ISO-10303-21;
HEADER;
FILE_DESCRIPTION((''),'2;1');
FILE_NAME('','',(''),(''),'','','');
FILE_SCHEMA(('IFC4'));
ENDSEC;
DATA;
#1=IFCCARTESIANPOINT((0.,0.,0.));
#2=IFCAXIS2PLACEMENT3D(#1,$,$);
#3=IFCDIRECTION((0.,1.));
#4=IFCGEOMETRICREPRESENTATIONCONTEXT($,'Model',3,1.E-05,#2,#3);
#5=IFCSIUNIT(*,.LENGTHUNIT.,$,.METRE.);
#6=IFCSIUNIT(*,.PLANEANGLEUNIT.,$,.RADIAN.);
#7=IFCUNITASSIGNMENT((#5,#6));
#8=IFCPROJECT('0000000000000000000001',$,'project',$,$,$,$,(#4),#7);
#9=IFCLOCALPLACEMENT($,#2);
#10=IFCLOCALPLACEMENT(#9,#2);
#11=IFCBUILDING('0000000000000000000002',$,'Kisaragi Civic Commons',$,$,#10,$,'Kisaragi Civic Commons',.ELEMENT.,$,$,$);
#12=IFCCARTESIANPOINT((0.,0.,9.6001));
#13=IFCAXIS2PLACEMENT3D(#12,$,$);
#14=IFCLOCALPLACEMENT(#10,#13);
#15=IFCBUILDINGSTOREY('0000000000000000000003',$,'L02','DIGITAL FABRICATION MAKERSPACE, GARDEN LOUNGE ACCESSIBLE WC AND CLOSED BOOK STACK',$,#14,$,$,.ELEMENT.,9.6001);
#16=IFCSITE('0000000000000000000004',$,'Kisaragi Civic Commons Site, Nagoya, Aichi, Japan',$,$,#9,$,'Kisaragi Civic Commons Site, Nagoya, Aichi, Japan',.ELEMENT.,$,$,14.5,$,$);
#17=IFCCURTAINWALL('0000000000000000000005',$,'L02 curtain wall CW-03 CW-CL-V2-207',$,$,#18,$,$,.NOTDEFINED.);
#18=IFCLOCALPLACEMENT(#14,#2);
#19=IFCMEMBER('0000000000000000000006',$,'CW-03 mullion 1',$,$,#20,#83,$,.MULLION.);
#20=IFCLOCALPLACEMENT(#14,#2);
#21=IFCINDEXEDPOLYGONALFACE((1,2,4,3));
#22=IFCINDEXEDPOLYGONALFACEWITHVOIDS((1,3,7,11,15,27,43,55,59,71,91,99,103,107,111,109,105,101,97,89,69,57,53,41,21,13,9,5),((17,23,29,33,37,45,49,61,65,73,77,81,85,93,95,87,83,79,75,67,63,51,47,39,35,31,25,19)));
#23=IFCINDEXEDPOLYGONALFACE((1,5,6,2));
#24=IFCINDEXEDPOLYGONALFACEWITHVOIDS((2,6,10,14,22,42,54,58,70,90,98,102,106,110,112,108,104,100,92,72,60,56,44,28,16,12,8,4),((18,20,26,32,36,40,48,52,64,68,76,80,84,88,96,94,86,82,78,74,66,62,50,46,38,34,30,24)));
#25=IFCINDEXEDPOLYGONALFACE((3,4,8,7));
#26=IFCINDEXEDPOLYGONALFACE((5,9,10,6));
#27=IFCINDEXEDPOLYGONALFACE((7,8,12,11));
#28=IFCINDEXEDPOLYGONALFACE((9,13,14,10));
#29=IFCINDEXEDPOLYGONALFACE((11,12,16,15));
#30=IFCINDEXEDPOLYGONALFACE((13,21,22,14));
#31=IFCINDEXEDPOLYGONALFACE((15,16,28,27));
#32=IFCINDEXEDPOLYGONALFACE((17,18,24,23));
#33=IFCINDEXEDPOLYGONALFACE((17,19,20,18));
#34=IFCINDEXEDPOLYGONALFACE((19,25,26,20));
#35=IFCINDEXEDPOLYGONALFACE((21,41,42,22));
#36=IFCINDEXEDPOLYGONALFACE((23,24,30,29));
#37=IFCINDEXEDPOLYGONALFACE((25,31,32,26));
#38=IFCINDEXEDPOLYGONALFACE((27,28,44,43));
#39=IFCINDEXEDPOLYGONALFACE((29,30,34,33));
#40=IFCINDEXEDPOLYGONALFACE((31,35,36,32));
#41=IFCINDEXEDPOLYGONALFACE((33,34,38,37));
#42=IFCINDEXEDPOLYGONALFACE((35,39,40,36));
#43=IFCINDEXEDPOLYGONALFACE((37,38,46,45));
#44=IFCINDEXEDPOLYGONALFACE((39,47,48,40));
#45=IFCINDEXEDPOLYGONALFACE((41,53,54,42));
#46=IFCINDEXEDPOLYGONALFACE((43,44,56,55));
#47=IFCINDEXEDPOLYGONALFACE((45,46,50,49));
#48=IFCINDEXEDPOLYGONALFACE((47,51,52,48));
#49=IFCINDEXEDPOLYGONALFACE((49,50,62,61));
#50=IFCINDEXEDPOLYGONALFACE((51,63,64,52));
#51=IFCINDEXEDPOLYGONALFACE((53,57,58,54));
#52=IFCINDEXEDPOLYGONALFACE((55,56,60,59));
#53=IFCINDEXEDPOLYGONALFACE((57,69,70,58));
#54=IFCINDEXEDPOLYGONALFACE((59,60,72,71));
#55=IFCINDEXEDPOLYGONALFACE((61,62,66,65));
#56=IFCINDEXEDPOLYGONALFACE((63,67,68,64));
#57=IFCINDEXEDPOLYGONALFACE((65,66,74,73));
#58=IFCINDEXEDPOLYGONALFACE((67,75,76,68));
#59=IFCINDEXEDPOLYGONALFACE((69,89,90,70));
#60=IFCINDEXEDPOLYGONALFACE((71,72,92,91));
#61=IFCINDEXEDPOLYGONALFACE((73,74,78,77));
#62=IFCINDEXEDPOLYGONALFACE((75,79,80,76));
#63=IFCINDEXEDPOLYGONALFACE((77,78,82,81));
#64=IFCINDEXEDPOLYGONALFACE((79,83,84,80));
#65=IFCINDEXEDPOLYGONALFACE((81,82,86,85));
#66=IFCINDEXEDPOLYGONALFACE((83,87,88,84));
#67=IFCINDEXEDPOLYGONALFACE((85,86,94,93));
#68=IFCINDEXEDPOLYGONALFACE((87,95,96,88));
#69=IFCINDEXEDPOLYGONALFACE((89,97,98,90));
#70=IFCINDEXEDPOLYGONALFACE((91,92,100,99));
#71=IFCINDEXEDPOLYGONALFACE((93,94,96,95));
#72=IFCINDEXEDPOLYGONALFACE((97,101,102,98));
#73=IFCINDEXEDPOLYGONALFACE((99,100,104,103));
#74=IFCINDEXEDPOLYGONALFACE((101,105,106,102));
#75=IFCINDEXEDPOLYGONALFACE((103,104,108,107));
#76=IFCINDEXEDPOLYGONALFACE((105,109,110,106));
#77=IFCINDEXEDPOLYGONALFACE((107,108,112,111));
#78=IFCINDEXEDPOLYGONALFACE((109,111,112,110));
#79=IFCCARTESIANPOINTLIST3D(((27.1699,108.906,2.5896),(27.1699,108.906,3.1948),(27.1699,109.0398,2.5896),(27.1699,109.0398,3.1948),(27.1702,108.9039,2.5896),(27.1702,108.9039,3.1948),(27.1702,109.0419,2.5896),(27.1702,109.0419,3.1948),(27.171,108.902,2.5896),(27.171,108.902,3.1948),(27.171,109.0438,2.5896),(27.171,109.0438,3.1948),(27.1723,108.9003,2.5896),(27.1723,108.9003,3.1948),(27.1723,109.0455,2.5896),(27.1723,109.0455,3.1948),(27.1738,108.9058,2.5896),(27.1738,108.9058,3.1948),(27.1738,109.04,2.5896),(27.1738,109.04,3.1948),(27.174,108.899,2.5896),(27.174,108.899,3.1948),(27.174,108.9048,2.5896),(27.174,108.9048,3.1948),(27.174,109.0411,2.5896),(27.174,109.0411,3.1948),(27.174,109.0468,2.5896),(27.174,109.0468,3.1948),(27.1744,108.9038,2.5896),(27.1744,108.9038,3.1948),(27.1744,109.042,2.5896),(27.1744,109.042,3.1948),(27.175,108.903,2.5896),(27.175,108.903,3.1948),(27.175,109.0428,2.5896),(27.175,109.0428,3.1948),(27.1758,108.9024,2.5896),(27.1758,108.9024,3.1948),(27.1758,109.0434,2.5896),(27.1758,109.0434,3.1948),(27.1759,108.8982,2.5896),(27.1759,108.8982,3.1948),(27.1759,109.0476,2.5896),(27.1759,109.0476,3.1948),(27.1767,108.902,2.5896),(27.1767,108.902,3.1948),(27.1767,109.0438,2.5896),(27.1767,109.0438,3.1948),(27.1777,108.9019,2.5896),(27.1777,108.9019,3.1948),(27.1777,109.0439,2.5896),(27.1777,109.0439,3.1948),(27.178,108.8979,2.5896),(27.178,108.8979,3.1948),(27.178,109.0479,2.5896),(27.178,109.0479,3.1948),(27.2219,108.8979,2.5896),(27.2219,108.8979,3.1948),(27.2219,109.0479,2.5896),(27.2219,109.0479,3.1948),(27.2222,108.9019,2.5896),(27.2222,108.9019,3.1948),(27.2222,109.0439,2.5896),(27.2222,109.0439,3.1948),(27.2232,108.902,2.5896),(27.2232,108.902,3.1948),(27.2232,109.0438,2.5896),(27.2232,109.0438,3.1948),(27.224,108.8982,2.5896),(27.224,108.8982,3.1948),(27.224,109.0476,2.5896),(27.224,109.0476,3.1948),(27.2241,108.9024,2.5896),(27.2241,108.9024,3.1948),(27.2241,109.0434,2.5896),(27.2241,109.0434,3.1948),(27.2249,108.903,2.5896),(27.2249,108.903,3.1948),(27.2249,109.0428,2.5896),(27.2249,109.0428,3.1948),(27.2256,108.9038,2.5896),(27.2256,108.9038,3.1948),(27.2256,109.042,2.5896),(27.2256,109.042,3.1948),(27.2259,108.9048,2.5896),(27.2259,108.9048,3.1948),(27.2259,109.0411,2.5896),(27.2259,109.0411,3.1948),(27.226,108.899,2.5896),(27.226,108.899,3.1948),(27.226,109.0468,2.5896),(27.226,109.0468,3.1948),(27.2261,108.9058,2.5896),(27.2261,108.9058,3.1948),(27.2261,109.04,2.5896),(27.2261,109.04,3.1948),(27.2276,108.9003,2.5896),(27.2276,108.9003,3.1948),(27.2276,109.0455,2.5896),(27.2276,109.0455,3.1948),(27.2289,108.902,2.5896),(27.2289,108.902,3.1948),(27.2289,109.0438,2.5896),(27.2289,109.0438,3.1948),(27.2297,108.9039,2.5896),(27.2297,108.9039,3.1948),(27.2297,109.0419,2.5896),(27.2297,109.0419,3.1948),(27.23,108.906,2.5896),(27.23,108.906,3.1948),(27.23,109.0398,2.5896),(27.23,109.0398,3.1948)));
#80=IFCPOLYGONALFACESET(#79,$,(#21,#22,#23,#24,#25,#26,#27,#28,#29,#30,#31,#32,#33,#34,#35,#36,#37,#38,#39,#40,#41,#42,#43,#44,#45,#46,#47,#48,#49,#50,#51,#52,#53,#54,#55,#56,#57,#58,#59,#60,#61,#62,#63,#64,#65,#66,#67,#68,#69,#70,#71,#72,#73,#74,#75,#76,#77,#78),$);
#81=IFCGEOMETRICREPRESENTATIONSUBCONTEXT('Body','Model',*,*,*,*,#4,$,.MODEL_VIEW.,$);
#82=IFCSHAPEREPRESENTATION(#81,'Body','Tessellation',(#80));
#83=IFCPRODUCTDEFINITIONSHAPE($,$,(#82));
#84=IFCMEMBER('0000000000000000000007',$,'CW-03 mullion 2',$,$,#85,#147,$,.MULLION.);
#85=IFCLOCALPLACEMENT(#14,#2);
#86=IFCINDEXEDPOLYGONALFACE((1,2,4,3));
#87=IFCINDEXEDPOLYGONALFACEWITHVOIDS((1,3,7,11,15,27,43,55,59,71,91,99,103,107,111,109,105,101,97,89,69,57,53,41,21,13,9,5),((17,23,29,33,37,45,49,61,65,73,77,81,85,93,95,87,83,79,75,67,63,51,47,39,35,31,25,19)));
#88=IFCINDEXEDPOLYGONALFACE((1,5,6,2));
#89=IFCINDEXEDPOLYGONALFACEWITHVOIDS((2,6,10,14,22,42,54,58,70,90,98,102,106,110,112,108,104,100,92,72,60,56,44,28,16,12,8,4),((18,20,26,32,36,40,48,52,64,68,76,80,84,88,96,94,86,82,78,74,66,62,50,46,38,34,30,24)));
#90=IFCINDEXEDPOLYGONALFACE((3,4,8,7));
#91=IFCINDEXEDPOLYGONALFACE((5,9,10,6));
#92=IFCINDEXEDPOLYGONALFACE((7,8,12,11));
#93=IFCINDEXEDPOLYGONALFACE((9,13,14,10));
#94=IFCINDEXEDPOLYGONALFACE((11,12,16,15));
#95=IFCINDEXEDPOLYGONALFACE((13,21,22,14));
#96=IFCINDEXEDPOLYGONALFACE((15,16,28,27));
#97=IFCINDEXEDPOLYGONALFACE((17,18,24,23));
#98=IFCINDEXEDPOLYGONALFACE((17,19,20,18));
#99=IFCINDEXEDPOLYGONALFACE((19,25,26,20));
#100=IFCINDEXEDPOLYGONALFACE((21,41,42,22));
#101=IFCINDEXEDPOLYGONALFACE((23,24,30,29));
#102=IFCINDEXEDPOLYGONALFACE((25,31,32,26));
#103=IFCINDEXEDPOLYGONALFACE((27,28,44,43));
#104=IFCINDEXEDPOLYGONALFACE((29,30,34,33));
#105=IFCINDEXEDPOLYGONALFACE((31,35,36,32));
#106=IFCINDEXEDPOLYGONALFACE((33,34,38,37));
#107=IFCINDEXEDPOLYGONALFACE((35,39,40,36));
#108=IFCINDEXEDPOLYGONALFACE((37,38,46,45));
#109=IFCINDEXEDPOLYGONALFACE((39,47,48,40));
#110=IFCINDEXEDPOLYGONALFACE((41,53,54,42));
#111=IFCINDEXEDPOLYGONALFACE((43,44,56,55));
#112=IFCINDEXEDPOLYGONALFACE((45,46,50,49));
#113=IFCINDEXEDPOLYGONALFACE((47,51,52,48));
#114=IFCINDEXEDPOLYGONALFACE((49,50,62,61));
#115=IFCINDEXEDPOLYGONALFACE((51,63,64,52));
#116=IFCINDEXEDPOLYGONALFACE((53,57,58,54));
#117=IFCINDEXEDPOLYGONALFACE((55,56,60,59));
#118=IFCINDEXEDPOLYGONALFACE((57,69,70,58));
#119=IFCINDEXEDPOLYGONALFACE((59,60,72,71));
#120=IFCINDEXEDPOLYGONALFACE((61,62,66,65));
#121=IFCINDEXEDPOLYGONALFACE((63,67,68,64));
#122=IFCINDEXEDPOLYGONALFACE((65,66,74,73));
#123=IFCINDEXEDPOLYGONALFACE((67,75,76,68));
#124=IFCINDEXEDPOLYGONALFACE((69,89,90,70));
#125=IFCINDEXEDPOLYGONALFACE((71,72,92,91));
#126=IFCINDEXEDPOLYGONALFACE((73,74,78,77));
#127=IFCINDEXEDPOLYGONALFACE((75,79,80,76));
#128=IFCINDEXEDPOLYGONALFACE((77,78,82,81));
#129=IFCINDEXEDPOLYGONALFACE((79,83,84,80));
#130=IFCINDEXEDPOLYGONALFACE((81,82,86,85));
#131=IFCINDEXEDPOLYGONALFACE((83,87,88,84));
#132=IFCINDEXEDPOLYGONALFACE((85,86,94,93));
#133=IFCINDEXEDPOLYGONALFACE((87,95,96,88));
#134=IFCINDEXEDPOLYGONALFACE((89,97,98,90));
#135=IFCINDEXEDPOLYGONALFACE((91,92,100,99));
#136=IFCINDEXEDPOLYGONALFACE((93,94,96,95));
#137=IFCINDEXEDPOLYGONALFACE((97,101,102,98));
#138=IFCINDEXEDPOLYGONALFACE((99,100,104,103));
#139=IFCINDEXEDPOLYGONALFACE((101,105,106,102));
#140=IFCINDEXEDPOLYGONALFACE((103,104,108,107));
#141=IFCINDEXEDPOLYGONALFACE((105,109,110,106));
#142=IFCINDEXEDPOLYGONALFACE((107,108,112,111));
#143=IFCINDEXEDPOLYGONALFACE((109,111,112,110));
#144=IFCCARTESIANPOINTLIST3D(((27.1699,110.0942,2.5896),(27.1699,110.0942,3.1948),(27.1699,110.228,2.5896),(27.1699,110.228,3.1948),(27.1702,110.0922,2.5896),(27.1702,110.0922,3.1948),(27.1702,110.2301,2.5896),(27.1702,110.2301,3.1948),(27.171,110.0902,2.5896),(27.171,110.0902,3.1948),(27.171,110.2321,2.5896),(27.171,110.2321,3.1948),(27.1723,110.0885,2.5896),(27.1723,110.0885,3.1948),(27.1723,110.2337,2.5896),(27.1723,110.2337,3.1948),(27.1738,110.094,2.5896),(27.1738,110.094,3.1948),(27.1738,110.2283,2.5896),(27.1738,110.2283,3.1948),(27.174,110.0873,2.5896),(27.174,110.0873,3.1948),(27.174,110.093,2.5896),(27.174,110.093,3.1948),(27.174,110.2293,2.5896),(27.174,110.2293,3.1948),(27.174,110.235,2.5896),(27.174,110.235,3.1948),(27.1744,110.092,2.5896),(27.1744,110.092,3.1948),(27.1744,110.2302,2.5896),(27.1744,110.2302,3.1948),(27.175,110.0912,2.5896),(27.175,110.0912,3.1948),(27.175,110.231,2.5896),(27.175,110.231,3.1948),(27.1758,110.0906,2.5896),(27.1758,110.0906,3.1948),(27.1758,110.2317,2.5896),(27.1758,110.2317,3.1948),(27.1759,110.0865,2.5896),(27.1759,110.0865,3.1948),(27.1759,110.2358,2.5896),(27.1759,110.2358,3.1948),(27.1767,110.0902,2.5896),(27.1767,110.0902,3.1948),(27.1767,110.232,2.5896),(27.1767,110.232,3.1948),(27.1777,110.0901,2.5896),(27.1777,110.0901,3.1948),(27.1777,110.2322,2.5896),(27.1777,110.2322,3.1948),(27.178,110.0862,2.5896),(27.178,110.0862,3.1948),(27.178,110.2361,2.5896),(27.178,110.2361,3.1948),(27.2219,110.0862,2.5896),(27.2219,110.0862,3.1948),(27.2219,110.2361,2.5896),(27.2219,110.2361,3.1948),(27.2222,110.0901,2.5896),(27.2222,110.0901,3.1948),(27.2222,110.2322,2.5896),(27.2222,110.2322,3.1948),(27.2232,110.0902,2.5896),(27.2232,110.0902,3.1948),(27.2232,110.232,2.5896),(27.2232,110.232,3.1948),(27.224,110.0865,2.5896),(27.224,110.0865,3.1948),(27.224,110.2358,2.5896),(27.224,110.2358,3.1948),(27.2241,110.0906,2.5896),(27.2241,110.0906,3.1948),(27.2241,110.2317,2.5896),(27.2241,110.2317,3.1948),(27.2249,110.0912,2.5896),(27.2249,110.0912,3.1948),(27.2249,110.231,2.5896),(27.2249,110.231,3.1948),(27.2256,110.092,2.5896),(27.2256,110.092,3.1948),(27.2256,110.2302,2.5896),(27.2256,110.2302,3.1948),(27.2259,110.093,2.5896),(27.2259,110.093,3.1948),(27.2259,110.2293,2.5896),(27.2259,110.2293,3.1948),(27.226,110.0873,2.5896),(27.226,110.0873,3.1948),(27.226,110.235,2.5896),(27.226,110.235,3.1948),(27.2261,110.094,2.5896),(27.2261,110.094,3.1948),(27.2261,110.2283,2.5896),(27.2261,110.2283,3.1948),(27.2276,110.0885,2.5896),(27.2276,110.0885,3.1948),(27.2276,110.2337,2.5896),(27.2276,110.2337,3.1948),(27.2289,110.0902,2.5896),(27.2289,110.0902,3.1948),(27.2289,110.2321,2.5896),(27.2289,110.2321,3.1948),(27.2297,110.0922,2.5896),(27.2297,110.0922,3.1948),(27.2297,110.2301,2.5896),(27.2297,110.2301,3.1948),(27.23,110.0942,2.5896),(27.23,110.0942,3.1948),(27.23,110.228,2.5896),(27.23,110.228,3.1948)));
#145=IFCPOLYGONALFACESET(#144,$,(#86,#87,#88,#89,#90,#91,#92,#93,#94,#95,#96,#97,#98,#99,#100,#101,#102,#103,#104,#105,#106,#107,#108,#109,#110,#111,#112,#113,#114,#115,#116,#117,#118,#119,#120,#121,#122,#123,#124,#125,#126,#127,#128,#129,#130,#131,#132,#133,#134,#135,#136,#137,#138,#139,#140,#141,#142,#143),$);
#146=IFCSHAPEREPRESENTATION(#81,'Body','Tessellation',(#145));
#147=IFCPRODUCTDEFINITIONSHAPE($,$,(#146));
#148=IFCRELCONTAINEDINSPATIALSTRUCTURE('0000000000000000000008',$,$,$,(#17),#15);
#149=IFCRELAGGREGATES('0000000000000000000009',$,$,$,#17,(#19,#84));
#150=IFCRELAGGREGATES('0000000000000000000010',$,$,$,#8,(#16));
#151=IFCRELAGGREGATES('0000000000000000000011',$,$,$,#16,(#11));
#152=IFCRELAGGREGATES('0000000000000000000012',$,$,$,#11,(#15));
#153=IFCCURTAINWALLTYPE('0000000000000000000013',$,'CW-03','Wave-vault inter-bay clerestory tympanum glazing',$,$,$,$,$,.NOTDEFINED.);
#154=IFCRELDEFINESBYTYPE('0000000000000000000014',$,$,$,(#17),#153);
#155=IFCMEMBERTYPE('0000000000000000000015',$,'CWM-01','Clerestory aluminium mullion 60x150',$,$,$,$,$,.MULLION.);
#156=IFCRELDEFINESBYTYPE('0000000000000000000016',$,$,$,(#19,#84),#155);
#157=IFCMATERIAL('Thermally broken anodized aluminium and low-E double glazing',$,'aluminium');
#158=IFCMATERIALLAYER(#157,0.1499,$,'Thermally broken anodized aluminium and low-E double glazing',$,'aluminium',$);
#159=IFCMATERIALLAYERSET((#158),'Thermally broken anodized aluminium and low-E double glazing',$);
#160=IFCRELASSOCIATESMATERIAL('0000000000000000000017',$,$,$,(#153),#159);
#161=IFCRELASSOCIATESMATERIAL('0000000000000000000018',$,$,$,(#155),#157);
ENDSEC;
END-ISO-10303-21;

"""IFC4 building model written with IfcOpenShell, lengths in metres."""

from ifc_helpers import new_model, si_unit, direction, frame, origin, origin_2d, place, context, subcontext, project, spatial, hollow_rectangle, extrude, material, layer, layer_set, material_profile, profile_set, type_object, element, aggregate, save


model = new_model("IFC4")

# Units and contexts
model_context = context("Model", 3, precision=1e-05, world=origin(), true_north=direction((0.0, 1.0)))
body_context = subcontext(model_context, "Body", "Model", "MODEL_VIEW")
ifc_project = project(units=[si_unit("LENGTHUNIT", "METRE"), si_unit("PLANEANGLEUNIT", "RADIAN")], contexts=[model_context])

# Site, building, storey
site_placement = place(None, origin())
site = spatial("IfcSite", under=ifc_project, at=site_placement, Name="Kisaragi Civic Commons Site, Nagoya, Aichi, Japan", LongName="Kisaragi Civic Commons Site, Nagoya, Aichi, Japan", CompositionType="ELEMENT", RefElevation=14.5)
building_placement = place(site_placement, origin())
building = spatial("IfcBuilding", under=site, at=building_placement, Name="Kisaragi Civic Commons", LongName="Kisaragi Civic Commons", CompositionType="ELEMENT")
storey_placement = place(building_placement, frame((0.0, 0.0, 9.6001)))
storey = spatial("IfcBuildingStorey", under=building, at=storey_placement, Name="L02", Description="DIGITAL FABRICATION MAKERSPACE, GARDEN LOUNGE ACCESSIBLE WC AND CLOSED BOOK STACK", CompositionType="ELEMENT", Elevation=9.6001)

# Curtain wall, members
ifc_material_1 = material(Name="Thermally broken anodized aluminium and low-E double glazing", Category="aluminium")
ifc_layer_1 = layer(ifc_material_1, 0.1499, Name="Thermally broken anodized aluminium and low-E double glazing", Category="aluminium")
ifc_layer_set_1 = layer_set([ifc_layer_1], Name="Thermally broken anodized aluminium and low-E double glazing")
curtain_wall_type = type_object("IfcCurtainWallType", Name="CW-03", Description="Wave-vault inter-bay clerestory tympanum glazing", PredefinedType="NOTDEFINED", material=ifc_layer_set_1)
curtain_wall_placement = place(storey_placement, origin())
curtain_wall = element("IfcCurtainWall", 1, at=curtain_wall_placement, inside=storey, type_object=curtain_wall_type, Name="L02 curtain wall CW-03 CW-CL-V2-207", PredefinedType="NOTDEFINED")
ifc_material_profile_1 = material_profile(ifc_material_1, hollow_rectangle(XDim=0.0601, YDim=0.1499, WallThickness=0.0039, InnerFilletRadius=0.0039, OuterFilletRadius=0.0081, at=origin_2d()), Name="CWM-60x150x4", Category="aluminium")
ifc_profile_set_1 = profile_set([ifc_material_profile_1], Name="Thermally broken anodized aluminium and low-E double glazing")
member_type_1 = type_object("IfcMemberType", Name="CWM-01", Description="Clerestory aluminium mullion 60x150", PredefinedType="MULLION", material=ifc_profile_set_1)
member_1_placement = place(storey_placement, frame((27.2, 108.9729, 2.5896), z_axis=(0.0, 0.0, 1.0), x_axis=(-1.0, 0.0, 0.0)))
member_1 = element("IfcMember", 2, at=member_1_placement, type_object=member_type_1, Name="CW-03 mullion 1", PredefinedType="MULLION", context=body_context, shape_type="SweptSolid", body=[
    extrude(hollow_rectangle(XDim=0.0601, YDim=0.1499, WallThickness=0.0039, InnerFilletRadius=0.0039, OuterFilletRadius=0.0081, at=origin_2d()), origin(), (0.0, 0.0, 1.0), 0.6052),
])
member_2_placement = place(storey_placement, frame((27.2, 110.1611, 2.5896), z_axis=(0.0, 0.0, 1.0), x_axis=(-1.0, 0.0, 0.0)))
member_2 = element("IfcMember", 3, at=member_2_placement, type_object=member_type_1, Name="CW-03 mullion 2", PredefinedType="MULLION", context=body_context, shape_type="SweptSolid", body=[
    extrude(hollow_rectangle(XDim=0.0601, YDim=0.1499, WallThickness=0.0039, InnerFilletRadius=0.0039, OuterFilletRadius=0.0081, at=origin_2d()), origin(), (0.0, 0.0, 1.0), 0.6052),
])

aggregate(curtain_wall, [member_1, member_2])

save(model, "model.ifc")
